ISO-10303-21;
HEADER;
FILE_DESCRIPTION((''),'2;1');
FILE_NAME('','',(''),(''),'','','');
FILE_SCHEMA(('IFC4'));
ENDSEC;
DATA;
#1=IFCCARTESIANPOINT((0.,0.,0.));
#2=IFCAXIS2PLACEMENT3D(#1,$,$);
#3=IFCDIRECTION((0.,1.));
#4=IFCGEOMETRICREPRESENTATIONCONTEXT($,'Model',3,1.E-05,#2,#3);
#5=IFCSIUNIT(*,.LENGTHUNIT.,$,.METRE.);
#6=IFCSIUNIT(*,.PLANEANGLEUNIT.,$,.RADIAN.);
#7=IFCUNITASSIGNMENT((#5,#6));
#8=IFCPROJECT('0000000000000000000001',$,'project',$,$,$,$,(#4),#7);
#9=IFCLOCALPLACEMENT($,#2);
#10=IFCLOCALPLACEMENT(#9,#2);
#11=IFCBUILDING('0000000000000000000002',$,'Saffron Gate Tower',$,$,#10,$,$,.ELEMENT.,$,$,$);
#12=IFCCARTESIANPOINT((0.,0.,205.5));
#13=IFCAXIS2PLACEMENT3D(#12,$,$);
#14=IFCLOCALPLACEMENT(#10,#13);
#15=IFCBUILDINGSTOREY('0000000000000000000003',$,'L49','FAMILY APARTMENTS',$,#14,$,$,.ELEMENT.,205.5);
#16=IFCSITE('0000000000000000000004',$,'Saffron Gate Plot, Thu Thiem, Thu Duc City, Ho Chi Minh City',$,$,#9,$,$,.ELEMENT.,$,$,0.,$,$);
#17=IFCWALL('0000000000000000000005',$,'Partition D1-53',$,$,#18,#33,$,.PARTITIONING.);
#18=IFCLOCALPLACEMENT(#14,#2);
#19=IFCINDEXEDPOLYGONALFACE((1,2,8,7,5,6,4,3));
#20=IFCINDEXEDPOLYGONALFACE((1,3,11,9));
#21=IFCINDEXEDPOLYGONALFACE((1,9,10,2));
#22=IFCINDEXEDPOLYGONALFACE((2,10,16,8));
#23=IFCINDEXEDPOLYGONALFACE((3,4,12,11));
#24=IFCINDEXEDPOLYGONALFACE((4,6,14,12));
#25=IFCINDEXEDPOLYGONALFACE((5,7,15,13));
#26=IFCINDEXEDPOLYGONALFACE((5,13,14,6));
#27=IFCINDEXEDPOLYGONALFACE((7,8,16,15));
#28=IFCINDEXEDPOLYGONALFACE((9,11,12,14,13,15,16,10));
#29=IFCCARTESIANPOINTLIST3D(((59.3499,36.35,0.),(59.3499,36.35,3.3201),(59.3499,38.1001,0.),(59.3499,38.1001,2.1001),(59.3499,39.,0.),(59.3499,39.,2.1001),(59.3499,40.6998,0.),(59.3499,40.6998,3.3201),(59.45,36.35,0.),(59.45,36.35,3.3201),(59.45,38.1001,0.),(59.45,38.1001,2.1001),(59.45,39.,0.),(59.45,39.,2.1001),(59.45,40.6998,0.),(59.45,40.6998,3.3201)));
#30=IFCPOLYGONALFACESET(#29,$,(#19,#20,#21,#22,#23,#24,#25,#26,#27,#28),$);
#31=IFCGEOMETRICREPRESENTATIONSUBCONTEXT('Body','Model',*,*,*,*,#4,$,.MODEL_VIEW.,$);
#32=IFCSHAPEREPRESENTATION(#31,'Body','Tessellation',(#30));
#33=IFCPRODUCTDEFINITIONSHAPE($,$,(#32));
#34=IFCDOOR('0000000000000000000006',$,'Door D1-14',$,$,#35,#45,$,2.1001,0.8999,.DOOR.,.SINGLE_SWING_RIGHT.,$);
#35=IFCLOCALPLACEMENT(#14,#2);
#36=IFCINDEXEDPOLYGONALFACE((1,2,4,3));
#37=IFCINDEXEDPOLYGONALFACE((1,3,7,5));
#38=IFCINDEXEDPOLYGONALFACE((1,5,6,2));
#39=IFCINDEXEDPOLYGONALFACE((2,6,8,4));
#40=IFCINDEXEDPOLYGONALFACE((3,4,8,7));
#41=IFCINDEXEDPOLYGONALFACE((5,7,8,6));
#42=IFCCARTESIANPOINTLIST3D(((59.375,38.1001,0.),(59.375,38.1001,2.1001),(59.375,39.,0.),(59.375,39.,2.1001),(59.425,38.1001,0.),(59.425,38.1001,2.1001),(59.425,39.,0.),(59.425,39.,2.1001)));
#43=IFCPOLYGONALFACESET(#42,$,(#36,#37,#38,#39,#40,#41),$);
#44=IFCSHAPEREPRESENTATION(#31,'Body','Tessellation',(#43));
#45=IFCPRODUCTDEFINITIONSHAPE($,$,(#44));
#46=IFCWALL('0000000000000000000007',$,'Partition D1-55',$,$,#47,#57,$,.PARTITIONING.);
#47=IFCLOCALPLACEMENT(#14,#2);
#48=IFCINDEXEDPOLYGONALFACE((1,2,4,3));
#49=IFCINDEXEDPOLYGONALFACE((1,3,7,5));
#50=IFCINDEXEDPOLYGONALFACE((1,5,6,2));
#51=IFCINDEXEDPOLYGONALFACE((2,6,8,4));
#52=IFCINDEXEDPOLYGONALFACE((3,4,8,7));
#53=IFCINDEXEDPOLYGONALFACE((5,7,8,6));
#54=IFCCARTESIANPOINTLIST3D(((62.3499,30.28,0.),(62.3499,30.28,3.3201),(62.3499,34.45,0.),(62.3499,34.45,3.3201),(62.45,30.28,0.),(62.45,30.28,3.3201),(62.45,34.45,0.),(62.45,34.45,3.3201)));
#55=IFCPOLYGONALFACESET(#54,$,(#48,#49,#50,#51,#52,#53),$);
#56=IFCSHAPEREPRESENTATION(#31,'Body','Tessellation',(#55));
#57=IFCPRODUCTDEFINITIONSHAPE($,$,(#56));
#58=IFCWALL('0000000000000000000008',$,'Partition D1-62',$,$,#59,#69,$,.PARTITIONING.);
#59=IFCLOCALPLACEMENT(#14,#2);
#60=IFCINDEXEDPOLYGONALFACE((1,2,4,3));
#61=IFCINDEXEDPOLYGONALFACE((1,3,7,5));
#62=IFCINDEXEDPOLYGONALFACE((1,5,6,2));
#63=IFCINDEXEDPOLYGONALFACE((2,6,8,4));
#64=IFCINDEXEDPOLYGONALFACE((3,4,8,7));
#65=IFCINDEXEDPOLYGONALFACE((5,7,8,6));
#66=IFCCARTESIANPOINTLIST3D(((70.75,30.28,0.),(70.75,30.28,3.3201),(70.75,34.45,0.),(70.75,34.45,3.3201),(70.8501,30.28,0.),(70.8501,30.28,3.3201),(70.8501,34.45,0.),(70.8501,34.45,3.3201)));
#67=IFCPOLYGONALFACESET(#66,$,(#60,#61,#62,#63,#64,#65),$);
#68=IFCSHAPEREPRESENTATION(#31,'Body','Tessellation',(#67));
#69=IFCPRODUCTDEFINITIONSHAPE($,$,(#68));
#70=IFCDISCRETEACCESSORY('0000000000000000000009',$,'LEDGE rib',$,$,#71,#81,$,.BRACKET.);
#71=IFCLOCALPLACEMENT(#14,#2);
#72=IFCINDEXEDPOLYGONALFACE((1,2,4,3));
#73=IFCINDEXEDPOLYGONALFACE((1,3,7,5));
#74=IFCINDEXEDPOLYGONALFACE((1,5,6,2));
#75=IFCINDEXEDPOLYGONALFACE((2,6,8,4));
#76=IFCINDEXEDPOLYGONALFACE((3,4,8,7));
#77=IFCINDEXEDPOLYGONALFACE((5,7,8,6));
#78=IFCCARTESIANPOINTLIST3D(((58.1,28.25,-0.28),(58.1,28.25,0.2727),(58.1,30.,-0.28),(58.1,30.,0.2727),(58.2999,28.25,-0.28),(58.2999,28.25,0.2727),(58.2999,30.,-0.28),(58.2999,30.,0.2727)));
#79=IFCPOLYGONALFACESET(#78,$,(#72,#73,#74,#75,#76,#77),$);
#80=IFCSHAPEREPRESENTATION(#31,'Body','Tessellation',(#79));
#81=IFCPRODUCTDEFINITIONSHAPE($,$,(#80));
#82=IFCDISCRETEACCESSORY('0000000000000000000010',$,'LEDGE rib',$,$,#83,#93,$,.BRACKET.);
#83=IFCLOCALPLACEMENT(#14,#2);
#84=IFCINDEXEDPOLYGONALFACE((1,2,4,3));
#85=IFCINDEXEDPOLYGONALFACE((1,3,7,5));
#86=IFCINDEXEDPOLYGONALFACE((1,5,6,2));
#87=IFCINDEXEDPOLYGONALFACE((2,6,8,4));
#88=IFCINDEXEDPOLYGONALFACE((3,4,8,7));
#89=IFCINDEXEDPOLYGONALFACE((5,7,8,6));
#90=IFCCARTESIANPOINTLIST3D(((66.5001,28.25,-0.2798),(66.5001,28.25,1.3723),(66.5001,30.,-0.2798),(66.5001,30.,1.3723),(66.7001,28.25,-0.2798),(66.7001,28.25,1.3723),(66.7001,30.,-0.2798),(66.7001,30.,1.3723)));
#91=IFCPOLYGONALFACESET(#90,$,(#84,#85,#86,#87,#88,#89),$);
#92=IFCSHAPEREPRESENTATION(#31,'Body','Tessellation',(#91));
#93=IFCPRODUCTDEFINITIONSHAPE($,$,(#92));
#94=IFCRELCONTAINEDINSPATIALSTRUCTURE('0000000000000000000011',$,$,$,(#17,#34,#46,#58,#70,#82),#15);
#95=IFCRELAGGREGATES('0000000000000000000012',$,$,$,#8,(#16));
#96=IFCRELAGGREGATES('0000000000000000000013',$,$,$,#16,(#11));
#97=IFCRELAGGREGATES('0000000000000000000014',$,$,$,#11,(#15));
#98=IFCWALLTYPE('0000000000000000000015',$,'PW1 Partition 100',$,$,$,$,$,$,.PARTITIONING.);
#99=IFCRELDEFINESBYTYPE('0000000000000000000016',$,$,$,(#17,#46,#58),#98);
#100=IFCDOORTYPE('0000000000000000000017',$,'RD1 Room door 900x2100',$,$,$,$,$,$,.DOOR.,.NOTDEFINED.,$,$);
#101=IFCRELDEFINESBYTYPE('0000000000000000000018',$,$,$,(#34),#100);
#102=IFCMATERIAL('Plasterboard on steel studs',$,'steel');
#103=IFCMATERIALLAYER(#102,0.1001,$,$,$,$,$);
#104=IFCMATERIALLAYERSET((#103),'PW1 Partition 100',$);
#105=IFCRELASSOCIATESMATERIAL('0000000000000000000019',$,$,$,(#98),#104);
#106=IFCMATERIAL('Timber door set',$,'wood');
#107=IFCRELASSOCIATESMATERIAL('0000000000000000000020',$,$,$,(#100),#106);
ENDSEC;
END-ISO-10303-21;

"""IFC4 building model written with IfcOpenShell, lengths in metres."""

from ifc_helpers import new_model, si_unit, direction, frame, frame_2d, origin, origin_2d, place, context, subcontext, project, spatial, rectangle, extrude, material, layer, layer_set, type_object, element, fill, save


model = new_model("IFC4")

# Units and contexts
model_context = context("Model", 3, precision=1e-05, world=origin(), true_north=direction((0.0, 1.0)))
body_context = subcontext(model_context, "Body", "Model", "MODEL_VIEW")
ifc_project = project(units=[si_unit("LENGTHUNIT", "METRE"), si_unit("PLANEANGLEUNIT", "RADIAN")], contexts=[model_context])

# Site, building, storey
site_placement = place(None, origin())
site = spatial("IfcSite", under=ifc_project, at=site_placement, Name="Saffron Gate Plot, Thu Thiem, Thu Duc City, Ho Chi Minh City", CompositionType="ELEMENT", RefElevation=0.0)
building_placement = place(site_placement, origin())
building = spatial("IfcBuilding", under=site, at=building_placement, Name="Saffron Gate Tower", CompositionType="ELEMENT")
storey_placement = place(building_placement, frame((0.0, 0.0, 205.5)))
storey = spatial("IfcBuildingStorey", under=building, at=storey_placement, Name="L49", Description="FAMILY APARTMENTS", CompositionType="ELEMENT", Elevation=205.5)

# Shared definitions
ifc_material_1 = material(Name="Plasterboard on steel studs", Category="steel")
ifc_layer = layer(ifc_material_1, 0.1001)
ifc_layer_set = layer_set([ifc_layer], Name="PW1 Partition 100")
wall_type = type_object("IfcWallType", Name="PW1 Partition 100", PredefinedType="PARTITIONING", material=ifc_layer_set)
ifc_material_2 = material(Name="Timber door set", Category="wood")
door_type = type_object("IfcDoorType", Name="RD1 Room door 900x2100", OperationType="NOTDEFINED", PredefinedType="DOOR", material=ifc_material_2)

# Wall, opening, door
wall_1_placement = place(storey_placement, frame((59.3999, 36.3501, 0.0), z_axis=(0.0, 0.0, 1.0), x_axis=(0.0, 1.0, 0.0)))
wall_1 = element("IfcWall", 1, at=wall_1_placement, inside=storey, type_object=wall_type, Name="Partition D1-53", PredefinedType="PARTITIONING", context=body_context, shape_type="SweptSolid", body=[
    extrude(rectangle(XDim=4.3499, YDim=0.1001, at=frame_2d((2.1748, 0.0))), origin(), (0.0, 0.0, 1.0), 3.3201),
])
opening_1_placement = place(wall_1_placement, frame((1.75, 0.0, 0.0)))
opening_1 = element("IfcOpeningElement", 2, at=opening_1_placement, cuts=wall_1, PredefinedType="OPENING", context=body_context, shape_type="SweptSolid", body=[
    extrude(rectangle(XDim=0.8999, YDim=2.1001, at=frame_2d((0.45, 1.05))), frame((0.0, 0.0601, 0.0), z_axis=(0.0, -1.0, 0.0), x_axis=(1.0, 0.0, 0.0)), (0.0, 0.0, 1.0), 0.1201),
])
door_1_placement = place(opening_1_placement, origin())
door_1 = element("IfcDoor", 3, at=door_1_placement, inside=storey, type_object=door_type, Name="Door D1-14", OperationType="SINGLE_SWING_RIGHT", OverallHeight=2.1001, OverallWidth=0.8999, PredefinedType="DOOR", context=body_context, shape_type="SweptSolid", body=[
    extrude(rectangle(XDim=0.8999, YDim=2.1001, at=frame_2d((0.45, 1.05))), frame((0.0, 0.0249, 0.0), z_axis=(0.0, -1.0, 0.0), x_axis=(1.0, 0.0, 0.0)), (0.0, 0.0, 1.0), 0.05),
])
fill(opening_1, door_1)

# Walls
for number, where, z_axis, x_axis, name in (
    (4, (62.3999, 34.45, 0.0), (0.0, 0.0, 1.0), (0.0, -1.0, 0.0), "Partition D1-55"),
    (5, (70.8, 34.45, 0.0), (0.0, 0.0, 1.0), (0.0, -1.0, 0.0), "Partition D1-62"),
):
    element("IfcWall", number, at=place(storey_placement, frame(where, z_axis=z_axis, x_axis=x_axis)), inside=storey, type_object=wall_type, Name=name, PredefinedType="PARTITIONING", context=body_context, shape_type="SweptSolid", body=[
        extrude(rectangle(XDim=4.1699, YDim=0.1001, at=frame_2d((2.085, 0.0))), origin(), (0.0, 0.0, 1.0), 3.3201),
    ])

# Discrete accessories
discrete_accessory_1_placement = place(storey_placement, frame((58.2, 29.125, -0.28), z_axis=(0.0, 0.0, 1.0), x_axis=(1.0, 0.0, 0.0)))
element("IfcDiscreteAccessory", 6, at=discrete_accessory_1_placement, inside=storey, Name="LEDGE rib", PredefinedType="BRACKET", context=body_context, shape_type="SweptSolid", body=[
    extrude(rectangle(XDim=0.2, YDim=1.75, at=origin_2d()), origin(), (0.0, 0.0, 1.0), 0.5527),
])
discrete_accessory_2_placement = place(storey_placement, frame((66.6001, 29.125, -0.2798), z_axis=(0.0, 0.0, 1.0), x_axis=(1.0, 0.0, 0.0)))
element("IfcDiscreteAccessory", 7, at=discrete_accessory_2_placement, inside=storey, Name="LEDGE rib", PredefinedType="BRACKET", context=body_context, shape_type="SweptSolid", body=[
    extrude(rectangle(XDim=0.2, YDim=1.75, at=origin_2d()), origin(), (0.0, 0.0, 1.0), 1.6521),
])

save(model, "model.ifc")
